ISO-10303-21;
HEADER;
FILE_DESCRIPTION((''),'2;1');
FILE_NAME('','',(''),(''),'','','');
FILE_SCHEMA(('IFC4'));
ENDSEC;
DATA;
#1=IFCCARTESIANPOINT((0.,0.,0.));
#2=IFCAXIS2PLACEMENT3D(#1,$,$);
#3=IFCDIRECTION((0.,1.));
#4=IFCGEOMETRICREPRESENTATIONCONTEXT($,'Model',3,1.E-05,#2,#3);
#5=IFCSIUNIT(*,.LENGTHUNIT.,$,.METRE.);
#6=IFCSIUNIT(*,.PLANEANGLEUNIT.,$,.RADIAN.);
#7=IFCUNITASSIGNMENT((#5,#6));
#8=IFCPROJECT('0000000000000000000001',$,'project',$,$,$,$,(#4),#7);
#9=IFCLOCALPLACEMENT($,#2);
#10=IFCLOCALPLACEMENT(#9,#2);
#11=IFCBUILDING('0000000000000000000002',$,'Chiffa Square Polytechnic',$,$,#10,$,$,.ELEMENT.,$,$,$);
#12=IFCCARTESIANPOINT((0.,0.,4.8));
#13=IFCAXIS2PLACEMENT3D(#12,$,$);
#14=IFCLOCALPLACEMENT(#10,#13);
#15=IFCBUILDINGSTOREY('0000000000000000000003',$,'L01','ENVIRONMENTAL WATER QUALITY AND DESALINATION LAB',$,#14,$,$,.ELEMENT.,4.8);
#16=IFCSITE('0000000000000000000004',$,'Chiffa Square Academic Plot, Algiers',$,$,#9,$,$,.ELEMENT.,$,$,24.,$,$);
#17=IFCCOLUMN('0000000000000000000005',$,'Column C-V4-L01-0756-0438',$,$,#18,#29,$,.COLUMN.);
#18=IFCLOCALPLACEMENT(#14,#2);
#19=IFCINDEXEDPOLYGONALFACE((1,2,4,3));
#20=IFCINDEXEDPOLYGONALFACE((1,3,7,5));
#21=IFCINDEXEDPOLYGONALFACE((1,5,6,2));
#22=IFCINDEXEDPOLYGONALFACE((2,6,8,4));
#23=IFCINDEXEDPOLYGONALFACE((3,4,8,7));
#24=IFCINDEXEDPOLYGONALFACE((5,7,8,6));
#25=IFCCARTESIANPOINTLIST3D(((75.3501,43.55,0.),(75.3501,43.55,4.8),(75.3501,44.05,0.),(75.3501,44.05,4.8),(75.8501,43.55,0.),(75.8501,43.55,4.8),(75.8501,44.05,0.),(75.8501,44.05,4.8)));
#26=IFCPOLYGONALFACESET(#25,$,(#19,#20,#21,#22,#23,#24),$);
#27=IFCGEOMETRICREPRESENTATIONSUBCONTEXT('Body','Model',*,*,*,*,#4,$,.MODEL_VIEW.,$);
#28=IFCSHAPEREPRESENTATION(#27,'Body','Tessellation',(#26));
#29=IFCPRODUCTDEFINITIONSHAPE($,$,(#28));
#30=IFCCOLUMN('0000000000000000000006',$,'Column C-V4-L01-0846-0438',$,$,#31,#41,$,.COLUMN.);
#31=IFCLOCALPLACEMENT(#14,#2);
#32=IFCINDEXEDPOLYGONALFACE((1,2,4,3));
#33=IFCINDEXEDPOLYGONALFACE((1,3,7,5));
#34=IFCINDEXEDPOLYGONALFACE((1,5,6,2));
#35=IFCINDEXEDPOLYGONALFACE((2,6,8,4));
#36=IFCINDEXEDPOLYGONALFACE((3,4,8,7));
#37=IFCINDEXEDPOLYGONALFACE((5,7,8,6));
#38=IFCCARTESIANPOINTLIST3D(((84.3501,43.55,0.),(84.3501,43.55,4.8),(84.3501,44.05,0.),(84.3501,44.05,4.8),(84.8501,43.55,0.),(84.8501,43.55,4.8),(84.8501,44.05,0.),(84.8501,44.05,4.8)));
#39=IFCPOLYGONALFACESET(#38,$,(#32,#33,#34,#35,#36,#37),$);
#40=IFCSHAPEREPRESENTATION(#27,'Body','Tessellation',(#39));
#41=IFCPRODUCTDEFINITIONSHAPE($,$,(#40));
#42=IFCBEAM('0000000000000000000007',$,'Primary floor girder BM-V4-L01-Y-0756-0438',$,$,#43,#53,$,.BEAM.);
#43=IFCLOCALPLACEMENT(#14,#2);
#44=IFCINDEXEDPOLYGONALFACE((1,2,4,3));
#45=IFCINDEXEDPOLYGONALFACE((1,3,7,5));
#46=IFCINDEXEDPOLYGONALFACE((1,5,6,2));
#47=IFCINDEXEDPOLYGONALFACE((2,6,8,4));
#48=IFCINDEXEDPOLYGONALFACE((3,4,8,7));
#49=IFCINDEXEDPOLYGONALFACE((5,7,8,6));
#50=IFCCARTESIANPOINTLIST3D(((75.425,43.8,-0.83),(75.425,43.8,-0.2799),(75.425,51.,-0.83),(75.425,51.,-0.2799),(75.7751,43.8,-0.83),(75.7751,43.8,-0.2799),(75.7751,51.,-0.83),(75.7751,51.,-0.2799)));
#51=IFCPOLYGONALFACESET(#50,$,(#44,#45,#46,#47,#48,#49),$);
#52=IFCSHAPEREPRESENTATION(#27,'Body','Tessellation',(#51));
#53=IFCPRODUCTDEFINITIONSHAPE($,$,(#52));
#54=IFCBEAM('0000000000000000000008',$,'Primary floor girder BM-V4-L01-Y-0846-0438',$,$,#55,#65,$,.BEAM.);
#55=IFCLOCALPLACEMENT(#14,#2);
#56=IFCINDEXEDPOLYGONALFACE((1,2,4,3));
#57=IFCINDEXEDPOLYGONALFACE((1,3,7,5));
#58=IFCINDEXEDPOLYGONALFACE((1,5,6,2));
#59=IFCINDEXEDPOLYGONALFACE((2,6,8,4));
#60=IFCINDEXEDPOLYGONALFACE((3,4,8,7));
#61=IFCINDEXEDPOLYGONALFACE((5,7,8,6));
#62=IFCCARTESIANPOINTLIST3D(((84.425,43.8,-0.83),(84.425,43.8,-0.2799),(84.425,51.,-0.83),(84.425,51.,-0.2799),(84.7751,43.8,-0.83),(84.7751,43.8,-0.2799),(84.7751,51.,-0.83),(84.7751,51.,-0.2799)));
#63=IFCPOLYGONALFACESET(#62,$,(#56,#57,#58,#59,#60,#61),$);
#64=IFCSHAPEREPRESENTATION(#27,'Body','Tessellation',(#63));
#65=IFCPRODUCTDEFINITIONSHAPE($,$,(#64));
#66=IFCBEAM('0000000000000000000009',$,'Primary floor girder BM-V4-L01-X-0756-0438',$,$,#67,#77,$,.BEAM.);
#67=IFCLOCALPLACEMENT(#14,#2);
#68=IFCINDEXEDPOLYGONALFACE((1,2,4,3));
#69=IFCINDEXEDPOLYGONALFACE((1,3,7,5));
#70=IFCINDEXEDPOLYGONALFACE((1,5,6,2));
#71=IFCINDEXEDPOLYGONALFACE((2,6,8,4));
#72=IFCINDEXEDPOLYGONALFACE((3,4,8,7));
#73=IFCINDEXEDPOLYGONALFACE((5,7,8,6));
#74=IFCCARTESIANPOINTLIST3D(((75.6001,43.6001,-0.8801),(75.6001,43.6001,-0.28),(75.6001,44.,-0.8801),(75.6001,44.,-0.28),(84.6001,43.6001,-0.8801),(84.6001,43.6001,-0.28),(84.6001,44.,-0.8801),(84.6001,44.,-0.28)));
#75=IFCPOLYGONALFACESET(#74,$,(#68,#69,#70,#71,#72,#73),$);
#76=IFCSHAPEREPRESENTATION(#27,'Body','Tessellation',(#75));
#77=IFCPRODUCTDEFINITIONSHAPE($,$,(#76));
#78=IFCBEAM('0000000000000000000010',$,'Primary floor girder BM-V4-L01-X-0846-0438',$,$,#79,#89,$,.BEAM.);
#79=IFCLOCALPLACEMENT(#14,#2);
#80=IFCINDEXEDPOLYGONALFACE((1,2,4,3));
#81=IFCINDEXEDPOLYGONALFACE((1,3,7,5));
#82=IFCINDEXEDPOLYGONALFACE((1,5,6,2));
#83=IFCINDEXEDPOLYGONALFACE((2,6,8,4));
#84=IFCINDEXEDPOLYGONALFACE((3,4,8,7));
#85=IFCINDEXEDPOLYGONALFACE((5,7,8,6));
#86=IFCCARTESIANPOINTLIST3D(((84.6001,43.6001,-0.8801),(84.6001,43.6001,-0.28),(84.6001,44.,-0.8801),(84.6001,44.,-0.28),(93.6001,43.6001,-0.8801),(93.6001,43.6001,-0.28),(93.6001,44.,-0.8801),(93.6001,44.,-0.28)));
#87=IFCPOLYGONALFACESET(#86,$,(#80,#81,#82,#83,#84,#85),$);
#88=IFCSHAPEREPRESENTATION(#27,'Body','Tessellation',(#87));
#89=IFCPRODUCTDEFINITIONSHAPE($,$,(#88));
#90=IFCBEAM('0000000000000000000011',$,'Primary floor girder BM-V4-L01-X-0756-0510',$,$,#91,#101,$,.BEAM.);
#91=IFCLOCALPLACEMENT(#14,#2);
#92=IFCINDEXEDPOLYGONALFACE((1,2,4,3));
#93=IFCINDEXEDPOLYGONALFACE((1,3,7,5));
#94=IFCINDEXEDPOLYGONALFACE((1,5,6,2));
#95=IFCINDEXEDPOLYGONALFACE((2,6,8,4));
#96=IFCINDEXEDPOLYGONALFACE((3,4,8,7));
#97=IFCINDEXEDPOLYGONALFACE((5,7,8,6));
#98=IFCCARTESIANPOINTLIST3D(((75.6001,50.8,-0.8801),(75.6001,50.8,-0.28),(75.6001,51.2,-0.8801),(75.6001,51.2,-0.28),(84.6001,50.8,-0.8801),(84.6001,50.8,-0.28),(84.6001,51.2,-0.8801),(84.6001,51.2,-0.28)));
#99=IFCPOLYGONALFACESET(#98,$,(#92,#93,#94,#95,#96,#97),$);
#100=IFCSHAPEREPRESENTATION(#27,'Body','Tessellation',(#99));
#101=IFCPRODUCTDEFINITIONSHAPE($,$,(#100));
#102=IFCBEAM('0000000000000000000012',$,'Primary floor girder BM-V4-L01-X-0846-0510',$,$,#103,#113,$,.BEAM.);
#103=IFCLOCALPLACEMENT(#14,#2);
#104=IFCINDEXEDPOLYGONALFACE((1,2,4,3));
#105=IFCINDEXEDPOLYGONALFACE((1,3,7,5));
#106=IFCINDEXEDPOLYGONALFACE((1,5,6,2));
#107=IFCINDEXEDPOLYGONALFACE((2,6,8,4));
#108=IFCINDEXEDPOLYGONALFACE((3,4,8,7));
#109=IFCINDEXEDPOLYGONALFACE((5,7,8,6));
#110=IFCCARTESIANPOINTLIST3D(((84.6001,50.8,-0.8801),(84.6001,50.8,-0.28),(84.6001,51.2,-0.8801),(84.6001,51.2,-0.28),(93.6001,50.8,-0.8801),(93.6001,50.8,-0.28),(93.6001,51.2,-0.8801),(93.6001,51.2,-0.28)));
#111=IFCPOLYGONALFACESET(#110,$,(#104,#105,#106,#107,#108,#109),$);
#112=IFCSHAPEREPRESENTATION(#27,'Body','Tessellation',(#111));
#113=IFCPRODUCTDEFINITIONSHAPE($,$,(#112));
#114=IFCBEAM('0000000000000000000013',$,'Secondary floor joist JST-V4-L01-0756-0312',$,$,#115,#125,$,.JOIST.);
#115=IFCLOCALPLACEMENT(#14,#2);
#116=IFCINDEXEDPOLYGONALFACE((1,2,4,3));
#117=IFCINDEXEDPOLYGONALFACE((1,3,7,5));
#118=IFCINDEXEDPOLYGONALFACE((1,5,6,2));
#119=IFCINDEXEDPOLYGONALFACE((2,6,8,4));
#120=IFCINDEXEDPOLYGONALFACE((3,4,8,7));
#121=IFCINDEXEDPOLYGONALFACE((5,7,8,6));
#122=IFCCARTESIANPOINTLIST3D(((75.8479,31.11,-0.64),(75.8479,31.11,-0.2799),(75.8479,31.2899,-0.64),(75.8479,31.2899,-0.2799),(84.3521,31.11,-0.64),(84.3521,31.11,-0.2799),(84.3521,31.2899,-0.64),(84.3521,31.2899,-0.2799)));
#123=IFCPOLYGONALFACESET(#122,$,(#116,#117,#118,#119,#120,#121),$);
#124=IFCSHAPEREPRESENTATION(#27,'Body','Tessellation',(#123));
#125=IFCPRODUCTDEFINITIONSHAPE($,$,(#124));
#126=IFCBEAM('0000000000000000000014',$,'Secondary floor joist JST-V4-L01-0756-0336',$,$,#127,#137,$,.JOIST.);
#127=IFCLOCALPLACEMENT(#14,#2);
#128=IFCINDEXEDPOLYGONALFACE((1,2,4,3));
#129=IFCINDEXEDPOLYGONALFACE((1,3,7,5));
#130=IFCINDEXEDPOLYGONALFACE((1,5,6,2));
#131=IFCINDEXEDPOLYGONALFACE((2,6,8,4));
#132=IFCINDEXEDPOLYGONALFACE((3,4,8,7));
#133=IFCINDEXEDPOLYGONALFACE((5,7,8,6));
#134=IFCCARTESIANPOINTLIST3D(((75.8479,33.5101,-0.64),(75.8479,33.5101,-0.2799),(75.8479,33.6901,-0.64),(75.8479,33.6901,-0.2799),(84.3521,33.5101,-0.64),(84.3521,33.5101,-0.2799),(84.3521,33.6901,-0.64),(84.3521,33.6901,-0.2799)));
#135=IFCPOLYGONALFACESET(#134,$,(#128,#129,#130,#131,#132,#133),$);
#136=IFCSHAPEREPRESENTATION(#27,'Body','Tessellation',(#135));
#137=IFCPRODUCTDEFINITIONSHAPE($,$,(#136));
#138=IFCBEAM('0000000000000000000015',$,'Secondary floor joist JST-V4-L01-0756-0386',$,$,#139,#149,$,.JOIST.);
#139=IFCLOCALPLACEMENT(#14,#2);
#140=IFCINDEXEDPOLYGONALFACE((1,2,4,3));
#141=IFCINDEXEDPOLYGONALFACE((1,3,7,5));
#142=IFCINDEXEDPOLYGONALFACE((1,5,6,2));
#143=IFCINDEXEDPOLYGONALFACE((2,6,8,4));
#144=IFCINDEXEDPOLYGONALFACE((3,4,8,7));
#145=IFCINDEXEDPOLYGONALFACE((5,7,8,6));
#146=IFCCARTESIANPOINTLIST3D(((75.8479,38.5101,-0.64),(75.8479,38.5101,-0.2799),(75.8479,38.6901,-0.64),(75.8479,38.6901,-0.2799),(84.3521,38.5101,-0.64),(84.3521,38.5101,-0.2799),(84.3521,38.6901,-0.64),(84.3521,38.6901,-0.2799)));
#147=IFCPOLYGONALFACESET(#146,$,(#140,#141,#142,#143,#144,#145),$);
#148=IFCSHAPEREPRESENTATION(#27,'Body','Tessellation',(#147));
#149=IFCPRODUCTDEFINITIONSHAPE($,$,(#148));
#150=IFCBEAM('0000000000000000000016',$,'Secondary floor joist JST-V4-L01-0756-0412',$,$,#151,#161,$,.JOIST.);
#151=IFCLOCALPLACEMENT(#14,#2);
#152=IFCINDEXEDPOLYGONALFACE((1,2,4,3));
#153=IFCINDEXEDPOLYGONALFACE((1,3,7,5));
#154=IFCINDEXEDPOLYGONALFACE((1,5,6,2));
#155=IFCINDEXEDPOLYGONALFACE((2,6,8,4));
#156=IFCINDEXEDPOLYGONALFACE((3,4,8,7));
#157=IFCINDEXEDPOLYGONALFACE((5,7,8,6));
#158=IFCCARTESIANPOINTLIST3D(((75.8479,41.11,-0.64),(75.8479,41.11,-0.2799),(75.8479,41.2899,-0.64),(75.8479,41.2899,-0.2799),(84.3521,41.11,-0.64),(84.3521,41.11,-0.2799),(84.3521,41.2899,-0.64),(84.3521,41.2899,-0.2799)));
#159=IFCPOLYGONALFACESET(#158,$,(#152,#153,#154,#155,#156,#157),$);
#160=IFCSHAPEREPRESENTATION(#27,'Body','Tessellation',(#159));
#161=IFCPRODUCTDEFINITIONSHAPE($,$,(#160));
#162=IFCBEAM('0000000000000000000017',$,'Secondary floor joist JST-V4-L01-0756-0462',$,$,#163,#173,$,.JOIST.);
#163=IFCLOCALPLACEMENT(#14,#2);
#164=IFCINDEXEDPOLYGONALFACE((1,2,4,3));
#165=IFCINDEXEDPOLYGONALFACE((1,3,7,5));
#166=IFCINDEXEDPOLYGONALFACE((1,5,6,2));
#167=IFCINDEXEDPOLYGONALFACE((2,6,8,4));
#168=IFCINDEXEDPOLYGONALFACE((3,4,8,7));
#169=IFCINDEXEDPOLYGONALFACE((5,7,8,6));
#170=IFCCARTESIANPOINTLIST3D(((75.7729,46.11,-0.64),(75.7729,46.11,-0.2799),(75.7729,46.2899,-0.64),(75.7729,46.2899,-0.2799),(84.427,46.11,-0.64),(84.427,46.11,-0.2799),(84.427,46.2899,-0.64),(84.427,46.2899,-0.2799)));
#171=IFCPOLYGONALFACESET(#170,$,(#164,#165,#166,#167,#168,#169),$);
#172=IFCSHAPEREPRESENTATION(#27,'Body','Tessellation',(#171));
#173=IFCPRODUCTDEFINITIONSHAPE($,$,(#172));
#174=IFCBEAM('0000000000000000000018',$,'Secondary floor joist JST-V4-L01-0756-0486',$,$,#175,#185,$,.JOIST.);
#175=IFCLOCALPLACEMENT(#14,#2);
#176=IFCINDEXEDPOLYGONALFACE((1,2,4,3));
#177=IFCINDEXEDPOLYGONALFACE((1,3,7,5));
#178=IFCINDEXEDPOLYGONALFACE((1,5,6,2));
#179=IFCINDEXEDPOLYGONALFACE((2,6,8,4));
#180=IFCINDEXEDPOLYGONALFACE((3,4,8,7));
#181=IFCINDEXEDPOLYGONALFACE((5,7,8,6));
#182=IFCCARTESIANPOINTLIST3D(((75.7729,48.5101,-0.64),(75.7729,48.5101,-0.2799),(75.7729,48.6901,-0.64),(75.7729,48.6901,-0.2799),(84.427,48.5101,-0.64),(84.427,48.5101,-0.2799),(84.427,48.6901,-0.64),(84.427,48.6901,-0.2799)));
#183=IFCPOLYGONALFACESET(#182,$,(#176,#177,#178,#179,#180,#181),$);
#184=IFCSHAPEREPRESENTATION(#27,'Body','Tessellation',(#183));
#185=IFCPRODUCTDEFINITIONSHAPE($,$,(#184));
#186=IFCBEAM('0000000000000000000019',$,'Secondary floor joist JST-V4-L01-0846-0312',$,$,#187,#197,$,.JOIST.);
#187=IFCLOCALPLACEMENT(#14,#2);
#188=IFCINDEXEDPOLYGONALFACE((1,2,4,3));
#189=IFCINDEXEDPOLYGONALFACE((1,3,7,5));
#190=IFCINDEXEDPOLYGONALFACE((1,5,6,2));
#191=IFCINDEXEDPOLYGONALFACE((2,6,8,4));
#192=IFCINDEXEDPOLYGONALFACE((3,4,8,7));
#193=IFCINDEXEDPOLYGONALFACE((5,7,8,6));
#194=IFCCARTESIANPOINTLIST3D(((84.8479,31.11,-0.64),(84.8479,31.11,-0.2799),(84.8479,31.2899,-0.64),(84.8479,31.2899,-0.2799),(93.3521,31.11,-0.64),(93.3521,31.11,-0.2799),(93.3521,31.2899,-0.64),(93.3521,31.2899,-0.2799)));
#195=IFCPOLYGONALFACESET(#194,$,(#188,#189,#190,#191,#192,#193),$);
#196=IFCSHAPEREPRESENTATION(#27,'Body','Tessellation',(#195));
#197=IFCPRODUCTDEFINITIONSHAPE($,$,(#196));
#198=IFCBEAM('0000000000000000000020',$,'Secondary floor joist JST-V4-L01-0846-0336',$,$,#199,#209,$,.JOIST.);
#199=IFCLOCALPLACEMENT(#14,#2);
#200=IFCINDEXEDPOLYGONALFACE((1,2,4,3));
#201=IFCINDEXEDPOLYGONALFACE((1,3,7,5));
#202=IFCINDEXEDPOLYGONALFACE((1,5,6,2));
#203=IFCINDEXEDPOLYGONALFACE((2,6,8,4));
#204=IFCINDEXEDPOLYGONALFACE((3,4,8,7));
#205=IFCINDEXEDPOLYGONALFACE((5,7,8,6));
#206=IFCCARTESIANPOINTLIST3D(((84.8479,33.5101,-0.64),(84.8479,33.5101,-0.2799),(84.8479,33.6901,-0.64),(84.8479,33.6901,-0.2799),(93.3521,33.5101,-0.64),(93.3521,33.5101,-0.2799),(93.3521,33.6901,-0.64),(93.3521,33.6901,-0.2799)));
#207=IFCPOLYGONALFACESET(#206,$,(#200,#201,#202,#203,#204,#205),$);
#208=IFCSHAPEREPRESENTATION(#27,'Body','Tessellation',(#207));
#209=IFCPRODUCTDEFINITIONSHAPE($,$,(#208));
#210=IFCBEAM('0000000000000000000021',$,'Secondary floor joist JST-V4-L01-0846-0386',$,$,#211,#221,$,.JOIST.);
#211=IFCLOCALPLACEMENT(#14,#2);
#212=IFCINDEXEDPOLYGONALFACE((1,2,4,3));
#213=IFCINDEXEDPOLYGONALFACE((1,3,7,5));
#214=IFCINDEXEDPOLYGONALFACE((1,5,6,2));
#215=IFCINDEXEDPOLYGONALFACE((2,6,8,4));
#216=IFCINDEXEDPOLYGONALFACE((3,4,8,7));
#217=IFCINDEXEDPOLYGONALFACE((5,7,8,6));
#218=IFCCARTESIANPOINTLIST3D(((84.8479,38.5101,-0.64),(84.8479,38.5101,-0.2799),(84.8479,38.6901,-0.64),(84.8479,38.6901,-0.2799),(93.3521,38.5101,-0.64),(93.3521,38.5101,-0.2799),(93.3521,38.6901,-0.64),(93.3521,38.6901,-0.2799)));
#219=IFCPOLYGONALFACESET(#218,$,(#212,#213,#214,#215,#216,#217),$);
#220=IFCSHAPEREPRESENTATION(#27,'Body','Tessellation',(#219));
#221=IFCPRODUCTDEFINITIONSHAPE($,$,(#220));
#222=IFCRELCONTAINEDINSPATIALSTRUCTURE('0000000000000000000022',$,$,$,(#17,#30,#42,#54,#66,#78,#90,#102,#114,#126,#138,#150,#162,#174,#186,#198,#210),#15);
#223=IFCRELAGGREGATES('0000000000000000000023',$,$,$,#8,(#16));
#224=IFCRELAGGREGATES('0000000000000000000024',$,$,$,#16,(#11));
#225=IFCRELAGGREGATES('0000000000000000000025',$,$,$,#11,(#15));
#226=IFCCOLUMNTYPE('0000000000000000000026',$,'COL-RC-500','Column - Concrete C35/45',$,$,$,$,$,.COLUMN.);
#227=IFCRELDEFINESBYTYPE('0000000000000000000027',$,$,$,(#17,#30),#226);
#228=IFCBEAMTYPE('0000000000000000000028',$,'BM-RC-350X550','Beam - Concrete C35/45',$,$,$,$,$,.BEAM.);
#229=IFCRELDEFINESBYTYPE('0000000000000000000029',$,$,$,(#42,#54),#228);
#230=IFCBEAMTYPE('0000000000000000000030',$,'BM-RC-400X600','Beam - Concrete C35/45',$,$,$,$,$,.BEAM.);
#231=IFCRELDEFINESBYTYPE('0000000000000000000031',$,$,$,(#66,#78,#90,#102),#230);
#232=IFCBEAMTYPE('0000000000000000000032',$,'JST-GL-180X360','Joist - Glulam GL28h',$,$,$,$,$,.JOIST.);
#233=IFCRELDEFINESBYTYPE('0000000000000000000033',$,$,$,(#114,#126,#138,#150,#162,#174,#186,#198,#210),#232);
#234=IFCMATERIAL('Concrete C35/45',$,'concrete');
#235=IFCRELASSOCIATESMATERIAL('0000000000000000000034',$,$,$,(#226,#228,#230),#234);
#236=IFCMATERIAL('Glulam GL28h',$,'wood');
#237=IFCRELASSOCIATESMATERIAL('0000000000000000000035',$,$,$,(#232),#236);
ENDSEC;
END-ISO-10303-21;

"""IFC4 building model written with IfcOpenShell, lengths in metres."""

from ifc_helpers import new_model, si_unit, direction, frame, origin, origin_2d, place, context, subcontext, project, spatial, rectangle, extrude, material, material_profile, profile_set, type_object, element, save


model = new_model("IFC4")

# Units and contexts
model_context = context("Model", 3, precision=1e-05, world=origin(), true_north=direction((0.0, 1.0)))
body_context = subcontext(model_context, "Body", "Model", "MODEL_VIEW")
ifc_project = project(units=[si_unit("LENGTHUNIT", "METRE"), si_unit("PLANEANGLEUNIT", "RADIAN")], contexts=[model_context])

# Site, building, storey
site_placement = place(None, origin())
site = spatial("IfcSite", under=ifc_project, at=site_placement, Name="Chiffa Square Academic Plot, Algiers", CompositionType="ELEMENT", RefElevation=24.0)
building_placement = place(site_placement, origin())
building = spatial("IfcBuilding", under=site, at=building_placement, Name="Chiffa Square Polytechnic", CompositionType="ELEMENT")
storey_placement = place(building_placement, frame((0.0, 0.0, 4.8)))
storey = spatial("IfcBuildingStorey", under=building, at=storey_placement, Name="L01", Description="ENVIRONMENTAL WATER QUALITY AND DESALINATION LAB", CompositionType="ELEMENT", Elevation=4.8)

# Columns
ifc_material_1 = material(Name="Concrete C35/45", Category="concrete")
ifc_material_profile_1 = material_profile(ifc_material_1, rectangle(XDim=0.5, YDim=0.5, at=origin_2d()), Name="RC 500x500")
ifc_profile_set_1 = profile_set([ifc_material_profile_1], Name="Concrete C35/45")
column_type = type_object("IfcColumnType", Name="COL-RC-500", Description="Column - Concrete C35/45", PredefinedType="COLUMN", material=ifc_profile_set_1)
for number, where, z_axis, x_axis, name in (
    (1, (75.6001, 43.8, 0.0), (0.0, 0.0, 1.0), (1.0, 0.0, 0.0), "Column C-V4-L01-0756-0438"),
    (2, (84.6001, 43.8, 0.0), (0.0, 0.0, 1.0), (1.0, 0.0, 0.0), "Column C-V4-L01-0846-0438"),
):
    element("IfcColumn", number, at=place(storey_placement, frame(where, z_axis=z_axis, x_axis=x_axis)), inside=storey, type_object=column_type, Name=name, PredefinedType="COLUMN", context=body_context, shape_type="SweptSolid", body=[
        extrude(rectangle(XDim=0.5, YDim=0.5, at=origin_2d()), origin(), (0.0, 0.0, 1.0), 4.8),
    ])

# Beams
ifc_material_profile_2 = material_profile(ifc_material_1, rectangle(XDim=0.3501, YDim=0.55, at=origin_2d()), Name="RC 350x550")
ifc_profile_set_2 = profile_set([ifc_material_profile_2], Name="Concrete C35/45")
beam_type_1 = type_object("IfcBeamType", Name="BM-RC-350X550", Description="Beam - Concrete C35/45", PredefinedType="BEAM", material=ifc_profile_set_2)
for number, where, z_axis, x_axis, name in (
    (3, (75.6001, 43.8, -0.5549), (0.0, 1.0, 0.0), (-1.0, 0.0, 0.0), "Primary floor girder BM-V4-L01-Y-0756-0438"),
    (4, (84.6001, 43.8, -0.5549), (0.0, 1.0, 0.0), (-1.0, 0.0, 0.0), "Primary floor girder BM-V4-L01-Y-0846-0438"),
):
    element("IfcBeam", number, at=place(storey_placement, frame(where, z_axis=z_axis, x_axis=x_axis)), inside=storey, type_object=beam_type_1, Name=name, PredefinedType="BEAM", context=body_context, shape_type="SweptSolid", body=[
        extrude(rectangle(XDim=0.3501, YDim=0.55, at=origin_2d()), origin(), (0.0, 0.0, 1.0), 7.2),
    ])
ifc_material_profile_3 = material_profile(ifc_material_1, rectangle(XDim=0.3999, YDim=0.6001, at=origin_2d()), Name="RC 400x600")
ifc_profile_set_3 = profile_set([ifc_material_profile_3], Name="Concrete C35/45")
beam_type_2 = type_object("IfcBeamType", Name="BM-RC-400X600", Description="Beam - Concrete C35/45", PredefinedType="BEAM", material=ifc_profile_set_3)
for number, where, z_axis, x_axis, name in (
    (5, (75.6001, 43.8, -0.5801), (1.0, 0.0, 0.0), (0.0, 1.0, 0.0), "Primary floor girder BM-V4-L01-X-0756-0438"),
    (6, (84.6001, 43.8, -0.5801), (1.0, 0.0, 0.0), (0.0, 1.0, 0.0), "Primary floor girder BM-V4-L01-X-0846-0438"),
    (7, (75.6001, 51.0, -0.5801), (1.0, 0.0, 0.0), (0.0, 1.0, 0.0), "Primary floor girder BM-V4-L01-X-0756-0510"),
    (8, (84.6001, 51.0, -0.5801), (1.0, 0.0, 0.0), (0.0, 1.0, 0.0), "Primary floor girder BM-V4-L01-X-0846-0510"),
):
    element("IfcBeam", number, at=place(storey_placement, frame(where, z_axis=z_axis, x_axis=x_axis)), inside=storey, type_object=beam_type_2, Name=name, PredefinedType="BEAM", context=body_context, shape_type="SweptSolid", body=[
        extrude(rectangle(XDim=0.3999, YDim=0.6001, at=origin_2d()), origin(), (0.0, 0.0, 1.0), 9.0),
    ])
ifc_material_2 = material(Name="Glulam GL28h", Category="wood")
ifc_material_profile_4 = material_profile(ifc_material_2, rectangle(XDim=0.1799, YDim=0.3601, at=origin_2d()), Name="GL28h 180x360")
ifc_profile_set_4 = profile_set([ifc_material_profile_4], Name="Glulam GL28h")
beam_type_3 = type_object("IfcBeamType", Name="JST-GL-180X360", Description="Joist - Glulam GL28h", PredefinedType="JOIST", material=ifc_profile_set_4)
for number, where, z_axis, x_axis, name in (
    (9, (75.8479, 31.2, -0.46), (1.0, 0.0, 0.0), (0.0, 1.0, 0.0), "Secondary floor joist JST-V4-L01-0756-0312"),
    (10, (75.8479, 33.6001, -0.46), (1.0, 0.0, 0.0), (0.0, 1.0, 0.0), "Secondary floor joist JST-V4-L01-0756-0336"),
    (11, (75.8479, 38.6001, -0.46), (1.0, 0.0, 0.0), (0.0, 1.0, 0.0), "Secondary floor joist JST-V4-L01-0756-0386"),
    (12, (75.8479, 41.2, -0.46), (1.0, 0.0, 0.0), (0.0, 1.0, 0.0), "Secondary floor joist JST-V4-L01-0756-0412"),
):
    element("IfcBeam", number, at=place(storey_placement, frame(where, z_axis=z_axis, x_axis=x_axis)), inside=storey, type_object=beam_type_3, Name=name, PredefinedType="JOIST", context=body_context, shape_type="SweptSolid", body=[
        extrude(rectangle(XDim=0.1799, YDim=0.3601, at=origin_2d()), origin(), (0.0, 0.0, 1.0), 8.5042),
    ])
for number, where, z_axis, x_axis, name in (
    (13, (75.7729, 46.2, -0.46), (1.0, 0.0, 0.0), (0.0, 1.0, 0.0), "Secondary floor joist JST-V4-L01-0756-0462"),
    (14, (75.7729, 48.6001, -0.46), (1.0, 0.0, 0.0), (0.0, 1.0, 0.0), "Secondary floor joist JST-V4-L01-0756-0486"),
):
    element("IfcBeam", number, at=place(storey_placement, frame(where, z_axis=z_axis, x_axis=x_axis)), inside=storey, type_object=beam_type_3, Name=name, PredefinedType="JOIST", context=body_context, shape_type="SweptSolid", body=[
        extrude(rectangle(XDim=0.1799, YDim=0.3601, at=origin_2d()), origin(), (0.0, 0.0, 1.0), 8.6541),
    ])
for number, where, z_axis, x_axis, name in (
    (15, (84.8479, 31.2, -0.46), (1.0, 0.0, 0.0), (0.0, 1.0, 0.0), "Secondary floor joist JST-V4-L01-0846-0312"),
    (16, (84.8479, 33.6001, -0.46), (1.0, 0.0, 0.0), (0.0, 1.0, 0.0), "Secondary floor joist JST-V4-L01-0846-0336"),
    (17, (84.8479, 38.6001, -0.46), (1.0, 0.0, 0.0), (0.0, 1.0, 0.0), "Secondary floor joist JST-V4-L01-0846-0386"),
):
    element("IfcBeam", number, at=place(storey_placement, frame(where, z_axis=z_axis, x_axis=x_axis)), inside=storey, type_object=beam_type_3, Name=name, PredefinedType="JOIST", context=body_context, shape_type="SweptSolid", body=[
        extrude(rectangle(XDim=0.1799, YDim=0.3601, at=origin_2d()), origin(), (0.0, 0.0, 1.0), 8.5042),
    ])

save(model, "model.ifc")
